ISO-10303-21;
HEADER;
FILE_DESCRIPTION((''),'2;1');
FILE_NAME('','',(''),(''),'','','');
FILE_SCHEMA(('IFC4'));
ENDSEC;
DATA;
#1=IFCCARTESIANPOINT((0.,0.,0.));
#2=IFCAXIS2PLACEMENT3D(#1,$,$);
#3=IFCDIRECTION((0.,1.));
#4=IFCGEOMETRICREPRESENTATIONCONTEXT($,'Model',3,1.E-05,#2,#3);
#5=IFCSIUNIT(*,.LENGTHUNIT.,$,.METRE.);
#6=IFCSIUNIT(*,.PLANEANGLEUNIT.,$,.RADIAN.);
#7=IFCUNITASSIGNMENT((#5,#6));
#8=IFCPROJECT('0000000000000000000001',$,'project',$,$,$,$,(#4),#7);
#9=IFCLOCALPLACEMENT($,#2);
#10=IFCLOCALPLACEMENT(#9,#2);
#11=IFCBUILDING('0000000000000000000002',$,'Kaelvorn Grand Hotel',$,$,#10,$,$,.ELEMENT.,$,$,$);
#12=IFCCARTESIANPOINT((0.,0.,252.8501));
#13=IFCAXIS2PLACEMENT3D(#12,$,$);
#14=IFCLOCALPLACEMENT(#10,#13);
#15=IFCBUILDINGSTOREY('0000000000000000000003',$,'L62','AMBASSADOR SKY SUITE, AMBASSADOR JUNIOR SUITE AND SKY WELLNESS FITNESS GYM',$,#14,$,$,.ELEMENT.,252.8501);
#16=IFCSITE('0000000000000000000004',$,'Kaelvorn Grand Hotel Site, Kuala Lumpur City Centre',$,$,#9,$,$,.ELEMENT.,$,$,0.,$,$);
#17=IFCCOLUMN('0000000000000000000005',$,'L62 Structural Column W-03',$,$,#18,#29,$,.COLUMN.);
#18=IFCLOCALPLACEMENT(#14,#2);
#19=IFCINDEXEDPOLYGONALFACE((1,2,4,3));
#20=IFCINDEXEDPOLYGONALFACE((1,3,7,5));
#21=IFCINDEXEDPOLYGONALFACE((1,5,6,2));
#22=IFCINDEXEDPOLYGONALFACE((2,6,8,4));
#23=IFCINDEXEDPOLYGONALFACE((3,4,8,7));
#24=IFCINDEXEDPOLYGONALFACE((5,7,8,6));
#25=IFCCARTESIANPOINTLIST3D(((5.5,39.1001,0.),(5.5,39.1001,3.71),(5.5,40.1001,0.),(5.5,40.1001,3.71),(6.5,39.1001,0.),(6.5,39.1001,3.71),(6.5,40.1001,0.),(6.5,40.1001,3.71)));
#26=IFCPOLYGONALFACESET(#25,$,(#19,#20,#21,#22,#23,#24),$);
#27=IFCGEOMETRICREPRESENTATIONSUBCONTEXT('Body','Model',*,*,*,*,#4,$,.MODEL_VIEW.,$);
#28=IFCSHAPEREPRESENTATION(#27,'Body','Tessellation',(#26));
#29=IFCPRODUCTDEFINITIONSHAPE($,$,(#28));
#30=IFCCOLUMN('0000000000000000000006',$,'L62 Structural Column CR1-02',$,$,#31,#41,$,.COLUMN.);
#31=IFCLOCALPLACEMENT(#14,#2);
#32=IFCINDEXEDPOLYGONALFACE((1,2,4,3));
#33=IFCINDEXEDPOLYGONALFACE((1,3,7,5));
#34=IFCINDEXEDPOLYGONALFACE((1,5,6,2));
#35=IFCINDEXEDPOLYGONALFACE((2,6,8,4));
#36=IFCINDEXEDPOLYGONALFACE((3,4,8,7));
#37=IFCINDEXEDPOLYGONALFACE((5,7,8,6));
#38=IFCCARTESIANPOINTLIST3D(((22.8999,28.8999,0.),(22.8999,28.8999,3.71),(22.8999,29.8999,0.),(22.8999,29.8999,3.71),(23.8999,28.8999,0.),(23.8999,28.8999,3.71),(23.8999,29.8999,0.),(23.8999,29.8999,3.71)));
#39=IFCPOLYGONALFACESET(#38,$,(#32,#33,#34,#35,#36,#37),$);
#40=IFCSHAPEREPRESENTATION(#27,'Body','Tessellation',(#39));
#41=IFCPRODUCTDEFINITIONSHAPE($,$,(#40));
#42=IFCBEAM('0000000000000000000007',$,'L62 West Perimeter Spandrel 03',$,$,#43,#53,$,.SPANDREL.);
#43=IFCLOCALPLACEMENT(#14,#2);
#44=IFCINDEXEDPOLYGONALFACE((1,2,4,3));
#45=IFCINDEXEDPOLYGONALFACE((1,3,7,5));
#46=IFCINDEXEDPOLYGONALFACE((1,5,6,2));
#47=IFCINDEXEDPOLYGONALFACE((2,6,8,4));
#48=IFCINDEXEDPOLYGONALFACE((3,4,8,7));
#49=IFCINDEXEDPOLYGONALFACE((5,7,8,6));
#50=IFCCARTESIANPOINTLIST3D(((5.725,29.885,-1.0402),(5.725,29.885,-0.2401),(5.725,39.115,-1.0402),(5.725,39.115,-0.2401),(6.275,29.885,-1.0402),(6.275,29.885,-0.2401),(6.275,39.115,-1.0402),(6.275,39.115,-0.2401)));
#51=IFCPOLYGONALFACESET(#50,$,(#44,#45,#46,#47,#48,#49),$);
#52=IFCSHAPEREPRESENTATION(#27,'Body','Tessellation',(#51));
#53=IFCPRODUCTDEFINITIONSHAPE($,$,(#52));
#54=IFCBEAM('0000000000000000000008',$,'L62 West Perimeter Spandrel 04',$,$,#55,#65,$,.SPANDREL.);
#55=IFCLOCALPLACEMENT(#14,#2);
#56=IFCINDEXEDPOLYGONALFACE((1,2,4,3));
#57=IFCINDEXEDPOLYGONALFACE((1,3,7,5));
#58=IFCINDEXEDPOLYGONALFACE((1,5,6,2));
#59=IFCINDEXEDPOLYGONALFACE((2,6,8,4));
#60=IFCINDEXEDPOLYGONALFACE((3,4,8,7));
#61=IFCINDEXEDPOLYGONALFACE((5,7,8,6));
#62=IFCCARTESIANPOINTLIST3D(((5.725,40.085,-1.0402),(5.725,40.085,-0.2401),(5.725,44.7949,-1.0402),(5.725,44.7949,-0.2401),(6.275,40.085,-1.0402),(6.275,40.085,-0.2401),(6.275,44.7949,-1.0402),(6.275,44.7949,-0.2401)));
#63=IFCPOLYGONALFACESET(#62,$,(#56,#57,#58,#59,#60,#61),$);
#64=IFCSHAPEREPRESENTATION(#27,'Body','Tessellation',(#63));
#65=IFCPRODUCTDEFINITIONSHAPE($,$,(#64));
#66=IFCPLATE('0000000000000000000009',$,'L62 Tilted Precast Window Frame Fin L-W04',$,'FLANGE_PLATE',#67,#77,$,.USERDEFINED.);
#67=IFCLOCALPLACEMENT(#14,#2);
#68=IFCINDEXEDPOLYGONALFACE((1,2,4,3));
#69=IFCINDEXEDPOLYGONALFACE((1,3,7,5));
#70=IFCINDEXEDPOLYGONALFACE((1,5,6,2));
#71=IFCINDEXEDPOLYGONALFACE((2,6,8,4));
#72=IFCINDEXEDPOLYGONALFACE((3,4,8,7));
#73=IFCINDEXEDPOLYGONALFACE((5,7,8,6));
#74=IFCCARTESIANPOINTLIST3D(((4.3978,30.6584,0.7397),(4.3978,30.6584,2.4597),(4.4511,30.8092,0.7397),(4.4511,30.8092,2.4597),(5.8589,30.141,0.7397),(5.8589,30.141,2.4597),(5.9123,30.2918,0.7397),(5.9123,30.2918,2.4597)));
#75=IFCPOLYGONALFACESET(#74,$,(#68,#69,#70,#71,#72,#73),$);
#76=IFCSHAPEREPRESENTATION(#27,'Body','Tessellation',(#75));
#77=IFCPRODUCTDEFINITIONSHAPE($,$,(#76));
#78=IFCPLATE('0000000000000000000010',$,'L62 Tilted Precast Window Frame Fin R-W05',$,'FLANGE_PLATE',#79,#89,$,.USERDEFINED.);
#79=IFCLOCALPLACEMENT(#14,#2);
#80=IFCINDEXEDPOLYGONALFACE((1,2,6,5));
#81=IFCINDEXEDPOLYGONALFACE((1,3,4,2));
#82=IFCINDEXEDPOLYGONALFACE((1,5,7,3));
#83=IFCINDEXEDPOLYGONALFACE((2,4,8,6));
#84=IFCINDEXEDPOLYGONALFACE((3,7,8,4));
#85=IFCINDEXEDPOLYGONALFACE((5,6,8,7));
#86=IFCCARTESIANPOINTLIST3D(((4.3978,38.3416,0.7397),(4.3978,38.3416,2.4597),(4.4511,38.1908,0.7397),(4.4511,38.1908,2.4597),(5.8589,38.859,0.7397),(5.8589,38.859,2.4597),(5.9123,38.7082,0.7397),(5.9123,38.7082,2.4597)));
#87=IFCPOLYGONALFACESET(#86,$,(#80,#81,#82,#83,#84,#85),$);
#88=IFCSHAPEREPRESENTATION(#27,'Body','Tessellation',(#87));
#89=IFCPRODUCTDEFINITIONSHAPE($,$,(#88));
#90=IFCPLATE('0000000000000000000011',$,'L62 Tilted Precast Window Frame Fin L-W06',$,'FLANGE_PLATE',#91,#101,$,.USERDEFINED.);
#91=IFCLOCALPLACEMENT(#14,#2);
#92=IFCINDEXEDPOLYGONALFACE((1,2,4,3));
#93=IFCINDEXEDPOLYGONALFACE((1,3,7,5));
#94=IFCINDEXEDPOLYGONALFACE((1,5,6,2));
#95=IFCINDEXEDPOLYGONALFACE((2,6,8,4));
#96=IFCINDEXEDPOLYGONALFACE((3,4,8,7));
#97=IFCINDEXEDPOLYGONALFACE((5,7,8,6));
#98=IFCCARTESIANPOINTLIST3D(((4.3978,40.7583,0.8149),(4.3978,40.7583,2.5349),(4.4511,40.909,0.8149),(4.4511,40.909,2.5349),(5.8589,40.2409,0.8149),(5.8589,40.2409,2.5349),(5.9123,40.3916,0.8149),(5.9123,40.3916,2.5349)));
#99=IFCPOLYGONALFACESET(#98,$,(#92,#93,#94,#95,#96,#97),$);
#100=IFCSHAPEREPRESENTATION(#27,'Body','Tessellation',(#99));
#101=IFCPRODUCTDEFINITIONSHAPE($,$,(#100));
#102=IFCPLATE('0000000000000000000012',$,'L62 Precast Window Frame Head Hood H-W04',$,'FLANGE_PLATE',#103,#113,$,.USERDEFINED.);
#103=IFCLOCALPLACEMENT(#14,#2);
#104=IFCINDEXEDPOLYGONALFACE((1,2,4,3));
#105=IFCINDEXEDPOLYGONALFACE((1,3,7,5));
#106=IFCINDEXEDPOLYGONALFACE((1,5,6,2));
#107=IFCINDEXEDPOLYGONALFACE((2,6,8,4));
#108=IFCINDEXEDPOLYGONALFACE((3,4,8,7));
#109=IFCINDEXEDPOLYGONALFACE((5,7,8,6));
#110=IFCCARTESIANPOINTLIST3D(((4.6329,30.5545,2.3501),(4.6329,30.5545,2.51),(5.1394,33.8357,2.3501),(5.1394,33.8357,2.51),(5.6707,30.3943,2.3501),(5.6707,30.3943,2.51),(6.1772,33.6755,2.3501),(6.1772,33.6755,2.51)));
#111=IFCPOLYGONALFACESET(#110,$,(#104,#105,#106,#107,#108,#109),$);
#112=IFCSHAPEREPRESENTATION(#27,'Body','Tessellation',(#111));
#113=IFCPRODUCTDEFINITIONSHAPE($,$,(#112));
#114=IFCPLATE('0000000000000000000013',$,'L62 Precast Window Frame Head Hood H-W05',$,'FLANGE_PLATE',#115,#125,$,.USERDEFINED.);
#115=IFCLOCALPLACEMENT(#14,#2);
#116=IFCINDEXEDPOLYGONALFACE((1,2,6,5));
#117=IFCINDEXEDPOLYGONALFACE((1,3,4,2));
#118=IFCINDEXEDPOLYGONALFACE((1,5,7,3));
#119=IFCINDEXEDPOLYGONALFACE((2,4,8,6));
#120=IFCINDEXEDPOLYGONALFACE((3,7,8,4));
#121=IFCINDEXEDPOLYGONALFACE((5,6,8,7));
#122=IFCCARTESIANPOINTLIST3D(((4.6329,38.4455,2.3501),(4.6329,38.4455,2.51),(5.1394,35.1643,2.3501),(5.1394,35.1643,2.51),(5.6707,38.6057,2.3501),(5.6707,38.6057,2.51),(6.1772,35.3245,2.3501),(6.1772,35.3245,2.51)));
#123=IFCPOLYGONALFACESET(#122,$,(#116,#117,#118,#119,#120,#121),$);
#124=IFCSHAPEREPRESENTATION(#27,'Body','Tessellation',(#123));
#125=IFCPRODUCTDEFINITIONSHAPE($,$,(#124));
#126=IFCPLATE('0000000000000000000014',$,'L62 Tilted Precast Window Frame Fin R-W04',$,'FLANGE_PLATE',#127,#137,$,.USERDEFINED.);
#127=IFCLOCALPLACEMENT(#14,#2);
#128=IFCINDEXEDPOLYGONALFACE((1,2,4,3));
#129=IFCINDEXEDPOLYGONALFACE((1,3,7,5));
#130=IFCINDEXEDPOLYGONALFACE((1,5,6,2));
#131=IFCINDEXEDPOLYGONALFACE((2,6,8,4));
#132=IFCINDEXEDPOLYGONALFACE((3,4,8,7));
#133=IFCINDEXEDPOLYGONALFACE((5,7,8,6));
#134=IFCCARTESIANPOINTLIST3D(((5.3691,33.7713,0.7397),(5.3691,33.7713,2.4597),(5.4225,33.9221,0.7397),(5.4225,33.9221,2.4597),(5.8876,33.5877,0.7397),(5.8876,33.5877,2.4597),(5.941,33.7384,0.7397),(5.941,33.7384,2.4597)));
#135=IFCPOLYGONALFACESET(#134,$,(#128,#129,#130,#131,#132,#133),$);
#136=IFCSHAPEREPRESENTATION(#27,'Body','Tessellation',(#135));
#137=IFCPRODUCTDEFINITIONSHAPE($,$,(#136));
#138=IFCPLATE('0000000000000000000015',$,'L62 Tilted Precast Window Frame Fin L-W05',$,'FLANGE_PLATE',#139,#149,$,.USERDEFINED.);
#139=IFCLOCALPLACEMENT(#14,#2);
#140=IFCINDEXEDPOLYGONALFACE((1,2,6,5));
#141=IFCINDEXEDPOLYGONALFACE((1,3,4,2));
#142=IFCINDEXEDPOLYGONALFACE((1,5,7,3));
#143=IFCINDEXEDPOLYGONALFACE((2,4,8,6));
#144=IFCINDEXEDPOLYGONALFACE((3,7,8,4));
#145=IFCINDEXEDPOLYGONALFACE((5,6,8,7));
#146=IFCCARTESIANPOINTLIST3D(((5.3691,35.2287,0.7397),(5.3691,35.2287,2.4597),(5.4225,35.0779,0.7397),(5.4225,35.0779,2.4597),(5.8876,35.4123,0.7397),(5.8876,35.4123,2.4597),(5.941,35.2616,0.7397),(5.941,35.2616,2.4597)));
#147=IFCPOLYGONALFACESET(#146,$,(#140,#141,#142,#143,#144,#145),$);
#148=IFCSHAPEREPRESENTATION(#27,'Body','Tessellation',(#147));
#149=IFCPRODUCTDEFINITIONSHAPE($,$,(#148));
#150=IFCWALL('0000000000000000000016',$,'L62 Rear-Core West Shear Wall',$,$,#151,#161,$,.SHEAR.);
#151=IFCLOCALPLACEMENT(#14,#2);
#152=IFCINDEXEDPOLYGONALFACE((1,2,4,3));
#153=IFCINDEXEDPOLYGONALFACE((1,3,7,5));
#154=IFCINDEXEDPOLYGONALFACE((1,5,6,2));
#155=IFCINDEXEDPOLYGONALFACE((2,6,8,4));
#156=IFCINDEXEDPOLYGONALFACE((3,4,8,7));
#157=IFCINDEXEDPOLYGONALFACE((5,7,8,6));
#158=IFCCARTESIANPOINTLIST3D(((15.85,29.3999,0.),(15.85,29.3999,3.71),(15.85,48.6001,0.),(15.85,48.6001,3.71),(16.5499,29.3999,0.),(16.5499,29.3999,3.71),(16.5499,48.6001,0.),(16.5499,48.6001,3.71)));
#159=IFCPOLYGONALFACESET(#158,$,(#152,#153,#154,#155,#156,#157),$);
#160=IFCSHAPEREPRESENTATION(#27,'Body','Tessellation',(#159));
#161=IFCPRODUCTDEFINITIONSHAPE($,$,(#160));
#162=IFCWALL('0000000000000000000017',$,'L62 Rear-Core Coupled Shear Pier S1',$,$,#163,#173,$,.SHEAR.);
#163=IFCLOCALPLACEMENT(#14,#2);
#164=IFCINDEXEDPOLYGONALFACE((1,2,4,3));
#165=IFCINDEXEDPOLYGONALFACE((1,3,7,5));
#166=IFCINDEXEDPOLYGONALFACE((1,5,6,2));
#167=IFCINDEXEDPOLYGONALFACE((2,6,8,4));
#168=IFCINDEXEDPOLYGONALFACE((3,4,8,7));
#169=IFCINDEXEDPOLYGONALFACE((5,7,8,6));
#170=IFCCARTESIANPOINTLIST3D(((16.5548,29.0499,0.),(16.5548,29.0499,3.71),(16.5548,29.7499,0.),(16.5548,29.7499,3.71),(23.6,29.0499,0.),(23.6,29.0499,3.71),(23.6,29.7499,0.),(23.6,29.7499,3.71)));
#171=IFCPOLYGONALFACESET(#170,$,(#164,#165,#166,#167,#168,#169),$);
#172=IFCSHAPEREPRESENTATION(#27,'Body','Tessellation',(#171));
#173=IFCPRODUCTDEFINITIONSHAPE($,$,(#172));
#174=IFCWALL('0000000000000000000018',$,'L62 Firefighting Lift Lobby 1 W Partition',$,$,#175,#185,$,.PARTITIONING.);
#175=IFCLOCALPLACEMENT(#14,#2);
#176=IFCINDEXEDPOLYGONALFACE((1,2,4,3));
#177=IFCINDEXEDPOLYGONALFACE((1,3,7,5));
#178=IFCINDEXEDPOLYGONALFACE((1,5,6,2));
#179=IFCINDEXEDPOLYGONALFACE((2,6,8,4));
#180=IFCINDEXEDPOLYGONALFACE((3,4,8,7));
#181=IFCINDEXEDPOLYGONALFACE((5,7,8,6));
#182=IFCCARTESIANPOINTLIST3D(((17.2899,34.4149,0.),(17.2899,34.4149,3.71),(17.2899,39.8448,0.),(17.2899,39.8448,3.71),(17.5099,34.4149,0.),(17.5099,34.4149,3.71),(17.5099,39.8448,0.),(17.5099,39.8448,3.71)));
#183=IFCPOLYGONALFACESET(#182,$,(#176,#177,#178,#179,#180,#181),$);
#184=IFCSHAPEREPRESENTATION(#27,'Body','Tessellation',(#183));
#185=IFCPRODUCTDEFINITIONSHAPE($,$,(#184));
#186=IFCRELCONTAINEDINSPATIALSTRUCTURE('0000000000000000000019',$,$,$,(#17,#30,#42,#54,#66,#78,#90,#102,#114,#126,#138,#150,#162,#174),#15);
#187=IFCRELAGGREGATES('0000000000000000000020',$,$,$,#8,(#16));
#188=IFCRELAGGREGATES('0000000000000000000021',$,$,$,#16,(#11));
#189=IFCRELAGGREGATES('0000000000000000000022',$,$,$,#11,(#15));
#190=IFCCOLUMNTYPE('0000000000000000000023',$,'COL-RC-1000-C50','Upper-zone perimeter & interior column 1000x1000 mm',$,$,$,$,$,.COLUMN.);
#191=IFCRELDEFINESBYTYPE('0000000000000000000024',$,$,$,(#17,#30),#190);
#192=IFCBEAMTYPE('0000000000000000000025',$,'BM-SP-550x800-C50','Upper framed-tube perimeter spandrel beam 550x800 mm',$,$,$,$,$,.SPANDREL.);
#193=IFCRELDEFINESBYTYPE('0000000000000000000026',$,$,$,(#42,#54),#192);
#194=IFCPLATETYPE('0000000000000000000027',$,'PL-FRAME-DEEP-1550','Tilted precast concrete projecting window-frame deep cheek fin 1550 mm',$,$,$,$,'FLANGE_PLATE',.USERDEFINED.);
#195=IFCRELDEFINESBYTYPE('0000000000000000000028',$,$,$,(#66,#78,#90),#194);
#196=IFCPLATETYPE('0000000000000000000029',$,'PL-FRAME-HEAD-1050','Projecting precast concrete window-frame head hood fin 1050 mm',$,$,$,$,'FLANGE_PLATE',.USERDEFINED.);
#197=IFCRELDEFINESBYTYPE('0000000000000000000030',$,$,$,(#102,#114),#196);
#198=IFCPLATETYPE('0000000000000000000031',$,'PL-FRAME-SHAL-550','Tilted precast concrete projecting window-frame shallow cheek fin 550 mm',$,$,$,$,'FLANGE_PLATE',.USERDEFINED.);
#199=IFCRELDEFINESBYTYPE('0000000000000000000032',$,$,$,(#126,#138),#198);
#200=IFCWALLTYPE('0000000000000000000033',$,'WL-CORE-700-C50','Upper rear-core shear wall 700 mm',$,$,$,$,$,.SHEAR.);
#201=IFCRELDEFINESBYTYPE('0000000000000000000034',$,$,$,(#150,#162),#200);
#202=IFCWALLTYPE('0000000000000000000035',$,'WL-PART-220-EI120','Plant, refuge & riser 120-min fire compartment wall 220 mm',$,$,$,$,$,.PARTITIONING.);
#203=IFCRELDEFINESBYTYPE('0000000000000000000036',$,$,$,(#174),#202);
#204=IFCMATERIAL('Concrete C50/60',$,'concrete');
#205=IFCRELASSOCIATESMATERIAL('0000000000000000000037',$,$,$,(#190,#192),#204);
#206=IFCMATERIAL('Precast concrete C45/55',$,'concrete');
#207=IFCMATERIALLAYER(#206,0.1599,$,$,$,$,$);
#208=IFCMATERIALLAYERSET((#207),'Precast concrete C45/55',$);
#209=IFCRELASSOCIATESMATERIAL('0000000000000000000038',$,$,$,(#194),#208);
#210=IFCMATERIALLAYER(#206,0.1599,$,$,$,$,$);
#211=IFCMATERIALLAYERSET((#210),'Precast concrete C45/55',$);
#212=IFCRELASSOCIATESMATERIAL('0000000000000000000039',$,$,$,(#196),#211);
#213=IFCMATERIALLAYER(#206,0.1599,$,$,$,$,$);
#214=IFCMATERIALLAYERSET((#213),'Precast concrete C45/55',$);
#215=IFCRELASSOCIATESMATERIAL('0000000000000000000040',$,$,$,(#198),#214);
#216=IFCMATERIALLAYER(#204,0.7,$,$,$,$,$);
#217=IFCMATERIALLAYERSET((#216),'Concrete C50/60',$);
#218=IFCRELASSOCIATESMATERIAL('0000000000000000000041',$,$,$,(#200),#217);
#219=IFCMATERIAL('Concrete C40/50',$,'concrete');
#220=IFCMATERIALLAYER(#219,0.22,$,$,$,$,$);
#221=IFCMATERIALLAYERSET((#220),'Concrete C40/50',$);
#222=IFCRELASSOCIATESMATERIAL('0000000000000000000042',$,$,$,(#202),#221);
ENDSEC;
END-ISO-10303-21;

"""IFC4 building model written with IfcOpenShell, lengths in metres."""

from ifc_helpers import new_model, si_unit, direction, frame, frame_2d, origin, origin_2d, place, context, subcontext, project, spatial, rectangle, extrude, material, layer, layer_set, material_profile, profile_set, type_object, element, save


model = new_model("IFC4")

# Units and contexts
model_context = context("Model", 3, precision=1e-05, world=origin(), true_north=direction((0.0, 1.0)))
body_context = subcontext(model_context, "Body", "Model", "MODEL_VIEW")
ifc_project = project(units=[si_unit("LENGTHUNIT", "METRE"), si_unit("PLANEANGLEUNIT", "RADIAN")], contexts=[model_context])

# Site, building, storey
site_placement = place(None, origin())
site = spatial("IfcSite", under=ifc_project, at=site_placement, Name="Kaelvorn Grand Hotel Site, Kuala Lumpur City Centre", CompositionType="ELEMENT", RefElevation=0.0)
building_placement = place(site_placement, origin())
building = spatial("IfcBuilding", under=site, at=building_placement, Name="Kaelvorn Grand Hotel", CompositionType="ELEMENT")
storey_placement = place(building_placement, frame((0.0, 0.0, 252.8501)))
storey = spatial("IfcBuildingStorey", under=building, at=storey_placement, Name="L62", Description="AMBASSADOR SKY SUITE, AMBASSADOR JUNIOR SUITE AND SKY WELLNESS FITNESS GYM", CompositionType="ELEMENT", Elevation=252.8501)

# Columns
ifc_material_1 = material(Name="Concrete C50/60", Category="concrete")
ifc_material_profile_1 = material_profile(ifc_material_1, rectangle(XDim=1.0, YDim=1.0, at=origin_2d()), Name="RC COL 1000x1000")
ifc_profile_set_1 = profile_set([ifc_material_profile_1], Name="Concrete C50/60")
column_type = type_object("IfcColumnType", Name="COL-RC-1000-C50", Description="Upper-zone perimeter & interior column 1000x1000 mm", PredefinedType="COLUMN", material=ifc_profile_set_1)
for number, where, z_axis, x_axis, name in (
    (1, (6.0, 39.6001, 0.0), (0.0, 0.0, 1.0), (1.0, 0.0, 0.0), "L62 Structural Column W-03"),
    (2, (23.3999, 29.3999, 0.0), (0.0, 0.0, 1.0), (1.0, 0.0, 0.0), "L62 Structural Column CR1-02"),
):
    element("IfcColumn", number, at=place(storey_placement, frame(where, z_axis=z_axis, x_axis=x_axis)), inside=storey, type_object=column_type, Name=name, PredefinedType="COLUMN", context=body_context, shape_type="SweptSolid", body=[
        extrude(rectangle(XDim=1.0, YDim=1.0, at=origin_2d()), origin(), (0.0, 0.0, 1.0), 3.71),
    ])

# Beams
ifc_material_profile_2 = material_profile(ifc_material_1, rectangle(XDim=0.55, YDim=0.8, at=origin_2d()), Name="RC SPANDREL 550x800")
ifc_profile_set_2 = profile_set([ifc_material_profile_2], Name="Concrete C50/60")
beam_type = type_object("IfcBeamType", Name="BM-SP-550x800-C50", Description="Upper framed-tube perimeter spandrel beam 550x800 mm", PredefinedType="SPANDREL", material=ifc_profile_set_2)
beam_1_placement = place(storey_placement, frame((6.0, 29.885, -0.6401), z_axis=(0.0, 1.0, 0.0), x_axis=(-1.0, 0.0, 0.0)))
element("IfcBeam", 3, at=beam_1_placement, inside=storey, type_object=beam_type, Name="L62 West Perimeter Spandrel 03", PredefinedType="SPANDREL", context=body_context, shape_type="SweptSolid", body=[
    extrude(rectangle(XDim=0.55, YDim=0.8, at=origin_2d()), origin(), (0.0, 0.0, 1.0), 9.23),
])
beam_2_placement = place(storey_placement, frame((6.0, 40.085, -0.6401), z_axis=(0.0, 1.0, 0.0), x_axis=(-1.0, 0.0, 0.0)))
element("IfcBeam", 4, at=beam_2_placement, inside=storey, type_object=beam_type, Name="L62 West Perimeter Spandrel 04", PredefinedType="SPANDREL", context=body_context, shape_type="SweptSolid", body=[
    extrude(rectangle(XDim=0.55, YDim=0.8, at=origin_2d()), origin(), (0.0, 0.0, 1.0), 4.71),
])

# Plates
ifc_material_2 = material(Name="Precast concrete C45/55", Category="concrete")
ifc_layer_1 = layer(ifc_material_2, 0.1599)
ifc_layer_set_1 = layer_set([ifc_layer_1], Name="Precast concrete C45/55")
plate_type_1 = type_object("IfcPlateType", Name="PL-FRAME-DEEP-1550", Description="Tilted precast concrete projecting window-frame deep cheek fin 1550 mm", ElementType="FLANGE_PLATE", PredefinedType="USERDEFINED", material=ifc_layer_set_1)
for number, where, z_axis, x_axis, name in (
    (5, (5.155, 30.4751, 0.7397), (0.0, 0.0, 1.0), (0.333807, 0.942641, 0.0), "L62 Tilted Precast Window Frame Fin L-W04"),
    (6, (5.155, 38.5249, 0.7397), (0.0, 0.0, 1.0), (-0.333807, 0.942641, 0.0), "L62 Tilted Precast Window Frame Fin R-W05"),
    (7, (5.155, 40.575, 0.8149), (0.0, 0.0, 1.0), (0.333807, 0.942641, 0.0), "L62 Tilted Precast Window Frame Fin L-W06"),
):
    element("IfcPlate", number, at=place(storey_placement, frame(where, z_axis=z_axis, x_axis=x_axis)), inside=storey, type_object=plate_type_1, Name=name, ObjectType="FLANGE_PLATE", PredefinedType="USERDEFINED", context=body_context, shape_type="SweptSolid", body=[
        extrude(rectangle(XDim=0.1599, YDim=1.55, at=origin_2d()), origin(), (0.0, 0.0, 1.0), 1.72),
    ])
ifc_layer_2 = layer(ifc_material_2, 0.1599)
ifc_layer_set_2 = layer_set([ifc_layer_2], Name="Precast concrete C45/55")
plate_type_2 = type_object("IfcPlateType", Name="PL-FRAME-HEAD-1050", Description="Projecting precast concrete window-frame head hood fin 1050 mm", ElementType="FLANGE_PLATE", PredefinedType="USERDEFINED", material=ifc_layer_set_2)
for number, where, z_axis, x_axis, name in (
    (8, (5.405, 32.115, 2.3501), (0.0, 0.0, 1.0), (0.152555, 0.988295, 0.0), "L62 Precast Window Frame Head Hood H-W04"),
    (9, (5.405, 36.885, 2.3501), (0.0, 0.0, 1.0), (-0.152555, 0.988295, 0.0), "L62 Precast Window Frame Head Hood H-W05"),
):
    element("IfcPlate", number, at=place(storey_placement, frame(where, z_axis=z_axis, x_axis=x_axis)), inside=storey, type_object=plate_type_2, Name=name, ObjectType="FLANGE_PLATE", PredefinedType="USERDEFINED", context=body_context, shape_type="SweptSolid", body=[
        extrude(rectangle(XDim=3.3201, YDim=1.05, at=origin_2d()), origin(), (0.0, 0.0, 1.0), 0.1599),
    ])
ifc_layer_3 = layer(ifc_material_2, 0.1599)
ifc_layer_set_3 = layer_set([ifc_layer_3], Name="Precast concrete C45/55")
plate_type_3 = type_object("IfcPlateType", Name="PL-FRAME-SHAL-550", Description="Tilted precast concrete projecting window-frame shallow cheek fin 550 mm", ElementType="FLANGE_PLATE", PredefinedType="USERDEFINED", material=ifc_layer_set_3)
for number, where, z_axis, x_axis, name in (
    (10, (5.655, 33.7549, 0.7397), (0.0, 0.0, 1.0), (0.333807, 0.942641, 0.0), "L62 Tilted Precast Window Frame Fin R-W04"),
    (11, (5.655, 35.2451, 0.7397), (0.0, 0.0, 1.0), (-0.333807, 0.942641, 0.0), "L62 Tilted Precast Window Frame Fin L-W05"),
):
    element("IfcPlate", number, at=place(storey_placement, frame(where, z_axis=z_axis, x_axis=x_axis)), inside=storey, type_object=plate_type_3, Name=name, ObjectType="FLANGE_PLATE", PredefinedType="USERDEFINED", context=body_context, shape_type="SweptSolid", body=[
        extrude(rectangle(XDim=0.1599, YDim=0.55, at=origin_2d()), origin(), (0.0, 0.0, 1.0), 1.72),
    ])

# Walls
ifc_layer_4 = layer(ifc_material_1, 0.7)
ifc_layer_set_4 = layer_set([ifc_layer_4], Name="Concrete C50/60")
wall_type_1 = type_object("IfcWallType", Name="WL-CORE-700-C50", Description="Upper rear-core shear wall 700 mm", PredefinedType="SHEAR", material=ifc_layer_set_4)
wall_1_placement = place(storey_placement, frame((16.2, 29.3999, 0.0), z_axis=(0.0, 0.0, 1.0), x_axis=(0.0, 1.0, 0.0)))
element("IfcWall", 12, at=wall_1_placement, inside=storey, type_object=wall_type_1, Name="L62 Rear-Core West Shear Wall", PredefinedType="SHEAR", context=body_context, shape_type="SweptSolid", body=[
    extrude(rectangle(XDim=19.2002, YDim=0.7, at=frame_2d((9.6001, 0.0))), origin(), (0.0, 0.0, 1.0), 3.71),
])
wall_2_placement = place(storey_placement, frame((16.5549, 29.3999, 0.0), z_axis=(0.0, 0.0, 1.0), x_axis=(1.0, 0.0, 0.0)))
element("IfcWall", 13, at=wall_2_placement, inside=storey, type_object=wall_type_1, Name="L62 Rear-Core Coupled Shear Pier S1", PredefinedType="SHEAR", context=body_context, shape_type="SweptSolid", body=[
    extrude(rectangle(XDim=7.0452, YDim=0.7, at=frame_2d((3.5225, 0.0))), origin(), (0.0, 0.0, 1.0), 3.71),
])

# Shared definitions
ifc_material_3 = material(Name="Concrete C40/50", Category="concrete")
ifc_layer_5 = layer(ifc_material_3, 0.22)
ifc_layer_set_5 = layer_set([ifc_layer_5], Name="Concrete C40/50")
wall_type_2 = type_object("IfcWallType", Name="WL-PART-220-EI120", Description="Plant, refuge & riser 120-min fire compartment wall 220 mm", PredefinedType="PARTITIONING", material=ifc_layer_set_5)

# Wall
wall_3_placement = place(storey_placement, frame((17.3999, 34.415, 0.0), z_axis=(0.0, 0.0, 1.0), x_axis=(0.0, 1.0, 0.0)))
element("IfcWall", 14, at=wall_3_placement, inside=storey, type_object=wall_type_2, Name="L62 Firefighting Lift Lobby 1 W Partition", PredefinedType="PARTITIONING", context=body_context, shape_type="SweptSolid", body=[
    extrude(rectangle(XDim=5.4299, YDim=0.22, at=frame_2d((2.7148, 0.0))), origin(), (0.0, 0.0, 1.0), 3.71),
])

save(model, "model.ifc")
